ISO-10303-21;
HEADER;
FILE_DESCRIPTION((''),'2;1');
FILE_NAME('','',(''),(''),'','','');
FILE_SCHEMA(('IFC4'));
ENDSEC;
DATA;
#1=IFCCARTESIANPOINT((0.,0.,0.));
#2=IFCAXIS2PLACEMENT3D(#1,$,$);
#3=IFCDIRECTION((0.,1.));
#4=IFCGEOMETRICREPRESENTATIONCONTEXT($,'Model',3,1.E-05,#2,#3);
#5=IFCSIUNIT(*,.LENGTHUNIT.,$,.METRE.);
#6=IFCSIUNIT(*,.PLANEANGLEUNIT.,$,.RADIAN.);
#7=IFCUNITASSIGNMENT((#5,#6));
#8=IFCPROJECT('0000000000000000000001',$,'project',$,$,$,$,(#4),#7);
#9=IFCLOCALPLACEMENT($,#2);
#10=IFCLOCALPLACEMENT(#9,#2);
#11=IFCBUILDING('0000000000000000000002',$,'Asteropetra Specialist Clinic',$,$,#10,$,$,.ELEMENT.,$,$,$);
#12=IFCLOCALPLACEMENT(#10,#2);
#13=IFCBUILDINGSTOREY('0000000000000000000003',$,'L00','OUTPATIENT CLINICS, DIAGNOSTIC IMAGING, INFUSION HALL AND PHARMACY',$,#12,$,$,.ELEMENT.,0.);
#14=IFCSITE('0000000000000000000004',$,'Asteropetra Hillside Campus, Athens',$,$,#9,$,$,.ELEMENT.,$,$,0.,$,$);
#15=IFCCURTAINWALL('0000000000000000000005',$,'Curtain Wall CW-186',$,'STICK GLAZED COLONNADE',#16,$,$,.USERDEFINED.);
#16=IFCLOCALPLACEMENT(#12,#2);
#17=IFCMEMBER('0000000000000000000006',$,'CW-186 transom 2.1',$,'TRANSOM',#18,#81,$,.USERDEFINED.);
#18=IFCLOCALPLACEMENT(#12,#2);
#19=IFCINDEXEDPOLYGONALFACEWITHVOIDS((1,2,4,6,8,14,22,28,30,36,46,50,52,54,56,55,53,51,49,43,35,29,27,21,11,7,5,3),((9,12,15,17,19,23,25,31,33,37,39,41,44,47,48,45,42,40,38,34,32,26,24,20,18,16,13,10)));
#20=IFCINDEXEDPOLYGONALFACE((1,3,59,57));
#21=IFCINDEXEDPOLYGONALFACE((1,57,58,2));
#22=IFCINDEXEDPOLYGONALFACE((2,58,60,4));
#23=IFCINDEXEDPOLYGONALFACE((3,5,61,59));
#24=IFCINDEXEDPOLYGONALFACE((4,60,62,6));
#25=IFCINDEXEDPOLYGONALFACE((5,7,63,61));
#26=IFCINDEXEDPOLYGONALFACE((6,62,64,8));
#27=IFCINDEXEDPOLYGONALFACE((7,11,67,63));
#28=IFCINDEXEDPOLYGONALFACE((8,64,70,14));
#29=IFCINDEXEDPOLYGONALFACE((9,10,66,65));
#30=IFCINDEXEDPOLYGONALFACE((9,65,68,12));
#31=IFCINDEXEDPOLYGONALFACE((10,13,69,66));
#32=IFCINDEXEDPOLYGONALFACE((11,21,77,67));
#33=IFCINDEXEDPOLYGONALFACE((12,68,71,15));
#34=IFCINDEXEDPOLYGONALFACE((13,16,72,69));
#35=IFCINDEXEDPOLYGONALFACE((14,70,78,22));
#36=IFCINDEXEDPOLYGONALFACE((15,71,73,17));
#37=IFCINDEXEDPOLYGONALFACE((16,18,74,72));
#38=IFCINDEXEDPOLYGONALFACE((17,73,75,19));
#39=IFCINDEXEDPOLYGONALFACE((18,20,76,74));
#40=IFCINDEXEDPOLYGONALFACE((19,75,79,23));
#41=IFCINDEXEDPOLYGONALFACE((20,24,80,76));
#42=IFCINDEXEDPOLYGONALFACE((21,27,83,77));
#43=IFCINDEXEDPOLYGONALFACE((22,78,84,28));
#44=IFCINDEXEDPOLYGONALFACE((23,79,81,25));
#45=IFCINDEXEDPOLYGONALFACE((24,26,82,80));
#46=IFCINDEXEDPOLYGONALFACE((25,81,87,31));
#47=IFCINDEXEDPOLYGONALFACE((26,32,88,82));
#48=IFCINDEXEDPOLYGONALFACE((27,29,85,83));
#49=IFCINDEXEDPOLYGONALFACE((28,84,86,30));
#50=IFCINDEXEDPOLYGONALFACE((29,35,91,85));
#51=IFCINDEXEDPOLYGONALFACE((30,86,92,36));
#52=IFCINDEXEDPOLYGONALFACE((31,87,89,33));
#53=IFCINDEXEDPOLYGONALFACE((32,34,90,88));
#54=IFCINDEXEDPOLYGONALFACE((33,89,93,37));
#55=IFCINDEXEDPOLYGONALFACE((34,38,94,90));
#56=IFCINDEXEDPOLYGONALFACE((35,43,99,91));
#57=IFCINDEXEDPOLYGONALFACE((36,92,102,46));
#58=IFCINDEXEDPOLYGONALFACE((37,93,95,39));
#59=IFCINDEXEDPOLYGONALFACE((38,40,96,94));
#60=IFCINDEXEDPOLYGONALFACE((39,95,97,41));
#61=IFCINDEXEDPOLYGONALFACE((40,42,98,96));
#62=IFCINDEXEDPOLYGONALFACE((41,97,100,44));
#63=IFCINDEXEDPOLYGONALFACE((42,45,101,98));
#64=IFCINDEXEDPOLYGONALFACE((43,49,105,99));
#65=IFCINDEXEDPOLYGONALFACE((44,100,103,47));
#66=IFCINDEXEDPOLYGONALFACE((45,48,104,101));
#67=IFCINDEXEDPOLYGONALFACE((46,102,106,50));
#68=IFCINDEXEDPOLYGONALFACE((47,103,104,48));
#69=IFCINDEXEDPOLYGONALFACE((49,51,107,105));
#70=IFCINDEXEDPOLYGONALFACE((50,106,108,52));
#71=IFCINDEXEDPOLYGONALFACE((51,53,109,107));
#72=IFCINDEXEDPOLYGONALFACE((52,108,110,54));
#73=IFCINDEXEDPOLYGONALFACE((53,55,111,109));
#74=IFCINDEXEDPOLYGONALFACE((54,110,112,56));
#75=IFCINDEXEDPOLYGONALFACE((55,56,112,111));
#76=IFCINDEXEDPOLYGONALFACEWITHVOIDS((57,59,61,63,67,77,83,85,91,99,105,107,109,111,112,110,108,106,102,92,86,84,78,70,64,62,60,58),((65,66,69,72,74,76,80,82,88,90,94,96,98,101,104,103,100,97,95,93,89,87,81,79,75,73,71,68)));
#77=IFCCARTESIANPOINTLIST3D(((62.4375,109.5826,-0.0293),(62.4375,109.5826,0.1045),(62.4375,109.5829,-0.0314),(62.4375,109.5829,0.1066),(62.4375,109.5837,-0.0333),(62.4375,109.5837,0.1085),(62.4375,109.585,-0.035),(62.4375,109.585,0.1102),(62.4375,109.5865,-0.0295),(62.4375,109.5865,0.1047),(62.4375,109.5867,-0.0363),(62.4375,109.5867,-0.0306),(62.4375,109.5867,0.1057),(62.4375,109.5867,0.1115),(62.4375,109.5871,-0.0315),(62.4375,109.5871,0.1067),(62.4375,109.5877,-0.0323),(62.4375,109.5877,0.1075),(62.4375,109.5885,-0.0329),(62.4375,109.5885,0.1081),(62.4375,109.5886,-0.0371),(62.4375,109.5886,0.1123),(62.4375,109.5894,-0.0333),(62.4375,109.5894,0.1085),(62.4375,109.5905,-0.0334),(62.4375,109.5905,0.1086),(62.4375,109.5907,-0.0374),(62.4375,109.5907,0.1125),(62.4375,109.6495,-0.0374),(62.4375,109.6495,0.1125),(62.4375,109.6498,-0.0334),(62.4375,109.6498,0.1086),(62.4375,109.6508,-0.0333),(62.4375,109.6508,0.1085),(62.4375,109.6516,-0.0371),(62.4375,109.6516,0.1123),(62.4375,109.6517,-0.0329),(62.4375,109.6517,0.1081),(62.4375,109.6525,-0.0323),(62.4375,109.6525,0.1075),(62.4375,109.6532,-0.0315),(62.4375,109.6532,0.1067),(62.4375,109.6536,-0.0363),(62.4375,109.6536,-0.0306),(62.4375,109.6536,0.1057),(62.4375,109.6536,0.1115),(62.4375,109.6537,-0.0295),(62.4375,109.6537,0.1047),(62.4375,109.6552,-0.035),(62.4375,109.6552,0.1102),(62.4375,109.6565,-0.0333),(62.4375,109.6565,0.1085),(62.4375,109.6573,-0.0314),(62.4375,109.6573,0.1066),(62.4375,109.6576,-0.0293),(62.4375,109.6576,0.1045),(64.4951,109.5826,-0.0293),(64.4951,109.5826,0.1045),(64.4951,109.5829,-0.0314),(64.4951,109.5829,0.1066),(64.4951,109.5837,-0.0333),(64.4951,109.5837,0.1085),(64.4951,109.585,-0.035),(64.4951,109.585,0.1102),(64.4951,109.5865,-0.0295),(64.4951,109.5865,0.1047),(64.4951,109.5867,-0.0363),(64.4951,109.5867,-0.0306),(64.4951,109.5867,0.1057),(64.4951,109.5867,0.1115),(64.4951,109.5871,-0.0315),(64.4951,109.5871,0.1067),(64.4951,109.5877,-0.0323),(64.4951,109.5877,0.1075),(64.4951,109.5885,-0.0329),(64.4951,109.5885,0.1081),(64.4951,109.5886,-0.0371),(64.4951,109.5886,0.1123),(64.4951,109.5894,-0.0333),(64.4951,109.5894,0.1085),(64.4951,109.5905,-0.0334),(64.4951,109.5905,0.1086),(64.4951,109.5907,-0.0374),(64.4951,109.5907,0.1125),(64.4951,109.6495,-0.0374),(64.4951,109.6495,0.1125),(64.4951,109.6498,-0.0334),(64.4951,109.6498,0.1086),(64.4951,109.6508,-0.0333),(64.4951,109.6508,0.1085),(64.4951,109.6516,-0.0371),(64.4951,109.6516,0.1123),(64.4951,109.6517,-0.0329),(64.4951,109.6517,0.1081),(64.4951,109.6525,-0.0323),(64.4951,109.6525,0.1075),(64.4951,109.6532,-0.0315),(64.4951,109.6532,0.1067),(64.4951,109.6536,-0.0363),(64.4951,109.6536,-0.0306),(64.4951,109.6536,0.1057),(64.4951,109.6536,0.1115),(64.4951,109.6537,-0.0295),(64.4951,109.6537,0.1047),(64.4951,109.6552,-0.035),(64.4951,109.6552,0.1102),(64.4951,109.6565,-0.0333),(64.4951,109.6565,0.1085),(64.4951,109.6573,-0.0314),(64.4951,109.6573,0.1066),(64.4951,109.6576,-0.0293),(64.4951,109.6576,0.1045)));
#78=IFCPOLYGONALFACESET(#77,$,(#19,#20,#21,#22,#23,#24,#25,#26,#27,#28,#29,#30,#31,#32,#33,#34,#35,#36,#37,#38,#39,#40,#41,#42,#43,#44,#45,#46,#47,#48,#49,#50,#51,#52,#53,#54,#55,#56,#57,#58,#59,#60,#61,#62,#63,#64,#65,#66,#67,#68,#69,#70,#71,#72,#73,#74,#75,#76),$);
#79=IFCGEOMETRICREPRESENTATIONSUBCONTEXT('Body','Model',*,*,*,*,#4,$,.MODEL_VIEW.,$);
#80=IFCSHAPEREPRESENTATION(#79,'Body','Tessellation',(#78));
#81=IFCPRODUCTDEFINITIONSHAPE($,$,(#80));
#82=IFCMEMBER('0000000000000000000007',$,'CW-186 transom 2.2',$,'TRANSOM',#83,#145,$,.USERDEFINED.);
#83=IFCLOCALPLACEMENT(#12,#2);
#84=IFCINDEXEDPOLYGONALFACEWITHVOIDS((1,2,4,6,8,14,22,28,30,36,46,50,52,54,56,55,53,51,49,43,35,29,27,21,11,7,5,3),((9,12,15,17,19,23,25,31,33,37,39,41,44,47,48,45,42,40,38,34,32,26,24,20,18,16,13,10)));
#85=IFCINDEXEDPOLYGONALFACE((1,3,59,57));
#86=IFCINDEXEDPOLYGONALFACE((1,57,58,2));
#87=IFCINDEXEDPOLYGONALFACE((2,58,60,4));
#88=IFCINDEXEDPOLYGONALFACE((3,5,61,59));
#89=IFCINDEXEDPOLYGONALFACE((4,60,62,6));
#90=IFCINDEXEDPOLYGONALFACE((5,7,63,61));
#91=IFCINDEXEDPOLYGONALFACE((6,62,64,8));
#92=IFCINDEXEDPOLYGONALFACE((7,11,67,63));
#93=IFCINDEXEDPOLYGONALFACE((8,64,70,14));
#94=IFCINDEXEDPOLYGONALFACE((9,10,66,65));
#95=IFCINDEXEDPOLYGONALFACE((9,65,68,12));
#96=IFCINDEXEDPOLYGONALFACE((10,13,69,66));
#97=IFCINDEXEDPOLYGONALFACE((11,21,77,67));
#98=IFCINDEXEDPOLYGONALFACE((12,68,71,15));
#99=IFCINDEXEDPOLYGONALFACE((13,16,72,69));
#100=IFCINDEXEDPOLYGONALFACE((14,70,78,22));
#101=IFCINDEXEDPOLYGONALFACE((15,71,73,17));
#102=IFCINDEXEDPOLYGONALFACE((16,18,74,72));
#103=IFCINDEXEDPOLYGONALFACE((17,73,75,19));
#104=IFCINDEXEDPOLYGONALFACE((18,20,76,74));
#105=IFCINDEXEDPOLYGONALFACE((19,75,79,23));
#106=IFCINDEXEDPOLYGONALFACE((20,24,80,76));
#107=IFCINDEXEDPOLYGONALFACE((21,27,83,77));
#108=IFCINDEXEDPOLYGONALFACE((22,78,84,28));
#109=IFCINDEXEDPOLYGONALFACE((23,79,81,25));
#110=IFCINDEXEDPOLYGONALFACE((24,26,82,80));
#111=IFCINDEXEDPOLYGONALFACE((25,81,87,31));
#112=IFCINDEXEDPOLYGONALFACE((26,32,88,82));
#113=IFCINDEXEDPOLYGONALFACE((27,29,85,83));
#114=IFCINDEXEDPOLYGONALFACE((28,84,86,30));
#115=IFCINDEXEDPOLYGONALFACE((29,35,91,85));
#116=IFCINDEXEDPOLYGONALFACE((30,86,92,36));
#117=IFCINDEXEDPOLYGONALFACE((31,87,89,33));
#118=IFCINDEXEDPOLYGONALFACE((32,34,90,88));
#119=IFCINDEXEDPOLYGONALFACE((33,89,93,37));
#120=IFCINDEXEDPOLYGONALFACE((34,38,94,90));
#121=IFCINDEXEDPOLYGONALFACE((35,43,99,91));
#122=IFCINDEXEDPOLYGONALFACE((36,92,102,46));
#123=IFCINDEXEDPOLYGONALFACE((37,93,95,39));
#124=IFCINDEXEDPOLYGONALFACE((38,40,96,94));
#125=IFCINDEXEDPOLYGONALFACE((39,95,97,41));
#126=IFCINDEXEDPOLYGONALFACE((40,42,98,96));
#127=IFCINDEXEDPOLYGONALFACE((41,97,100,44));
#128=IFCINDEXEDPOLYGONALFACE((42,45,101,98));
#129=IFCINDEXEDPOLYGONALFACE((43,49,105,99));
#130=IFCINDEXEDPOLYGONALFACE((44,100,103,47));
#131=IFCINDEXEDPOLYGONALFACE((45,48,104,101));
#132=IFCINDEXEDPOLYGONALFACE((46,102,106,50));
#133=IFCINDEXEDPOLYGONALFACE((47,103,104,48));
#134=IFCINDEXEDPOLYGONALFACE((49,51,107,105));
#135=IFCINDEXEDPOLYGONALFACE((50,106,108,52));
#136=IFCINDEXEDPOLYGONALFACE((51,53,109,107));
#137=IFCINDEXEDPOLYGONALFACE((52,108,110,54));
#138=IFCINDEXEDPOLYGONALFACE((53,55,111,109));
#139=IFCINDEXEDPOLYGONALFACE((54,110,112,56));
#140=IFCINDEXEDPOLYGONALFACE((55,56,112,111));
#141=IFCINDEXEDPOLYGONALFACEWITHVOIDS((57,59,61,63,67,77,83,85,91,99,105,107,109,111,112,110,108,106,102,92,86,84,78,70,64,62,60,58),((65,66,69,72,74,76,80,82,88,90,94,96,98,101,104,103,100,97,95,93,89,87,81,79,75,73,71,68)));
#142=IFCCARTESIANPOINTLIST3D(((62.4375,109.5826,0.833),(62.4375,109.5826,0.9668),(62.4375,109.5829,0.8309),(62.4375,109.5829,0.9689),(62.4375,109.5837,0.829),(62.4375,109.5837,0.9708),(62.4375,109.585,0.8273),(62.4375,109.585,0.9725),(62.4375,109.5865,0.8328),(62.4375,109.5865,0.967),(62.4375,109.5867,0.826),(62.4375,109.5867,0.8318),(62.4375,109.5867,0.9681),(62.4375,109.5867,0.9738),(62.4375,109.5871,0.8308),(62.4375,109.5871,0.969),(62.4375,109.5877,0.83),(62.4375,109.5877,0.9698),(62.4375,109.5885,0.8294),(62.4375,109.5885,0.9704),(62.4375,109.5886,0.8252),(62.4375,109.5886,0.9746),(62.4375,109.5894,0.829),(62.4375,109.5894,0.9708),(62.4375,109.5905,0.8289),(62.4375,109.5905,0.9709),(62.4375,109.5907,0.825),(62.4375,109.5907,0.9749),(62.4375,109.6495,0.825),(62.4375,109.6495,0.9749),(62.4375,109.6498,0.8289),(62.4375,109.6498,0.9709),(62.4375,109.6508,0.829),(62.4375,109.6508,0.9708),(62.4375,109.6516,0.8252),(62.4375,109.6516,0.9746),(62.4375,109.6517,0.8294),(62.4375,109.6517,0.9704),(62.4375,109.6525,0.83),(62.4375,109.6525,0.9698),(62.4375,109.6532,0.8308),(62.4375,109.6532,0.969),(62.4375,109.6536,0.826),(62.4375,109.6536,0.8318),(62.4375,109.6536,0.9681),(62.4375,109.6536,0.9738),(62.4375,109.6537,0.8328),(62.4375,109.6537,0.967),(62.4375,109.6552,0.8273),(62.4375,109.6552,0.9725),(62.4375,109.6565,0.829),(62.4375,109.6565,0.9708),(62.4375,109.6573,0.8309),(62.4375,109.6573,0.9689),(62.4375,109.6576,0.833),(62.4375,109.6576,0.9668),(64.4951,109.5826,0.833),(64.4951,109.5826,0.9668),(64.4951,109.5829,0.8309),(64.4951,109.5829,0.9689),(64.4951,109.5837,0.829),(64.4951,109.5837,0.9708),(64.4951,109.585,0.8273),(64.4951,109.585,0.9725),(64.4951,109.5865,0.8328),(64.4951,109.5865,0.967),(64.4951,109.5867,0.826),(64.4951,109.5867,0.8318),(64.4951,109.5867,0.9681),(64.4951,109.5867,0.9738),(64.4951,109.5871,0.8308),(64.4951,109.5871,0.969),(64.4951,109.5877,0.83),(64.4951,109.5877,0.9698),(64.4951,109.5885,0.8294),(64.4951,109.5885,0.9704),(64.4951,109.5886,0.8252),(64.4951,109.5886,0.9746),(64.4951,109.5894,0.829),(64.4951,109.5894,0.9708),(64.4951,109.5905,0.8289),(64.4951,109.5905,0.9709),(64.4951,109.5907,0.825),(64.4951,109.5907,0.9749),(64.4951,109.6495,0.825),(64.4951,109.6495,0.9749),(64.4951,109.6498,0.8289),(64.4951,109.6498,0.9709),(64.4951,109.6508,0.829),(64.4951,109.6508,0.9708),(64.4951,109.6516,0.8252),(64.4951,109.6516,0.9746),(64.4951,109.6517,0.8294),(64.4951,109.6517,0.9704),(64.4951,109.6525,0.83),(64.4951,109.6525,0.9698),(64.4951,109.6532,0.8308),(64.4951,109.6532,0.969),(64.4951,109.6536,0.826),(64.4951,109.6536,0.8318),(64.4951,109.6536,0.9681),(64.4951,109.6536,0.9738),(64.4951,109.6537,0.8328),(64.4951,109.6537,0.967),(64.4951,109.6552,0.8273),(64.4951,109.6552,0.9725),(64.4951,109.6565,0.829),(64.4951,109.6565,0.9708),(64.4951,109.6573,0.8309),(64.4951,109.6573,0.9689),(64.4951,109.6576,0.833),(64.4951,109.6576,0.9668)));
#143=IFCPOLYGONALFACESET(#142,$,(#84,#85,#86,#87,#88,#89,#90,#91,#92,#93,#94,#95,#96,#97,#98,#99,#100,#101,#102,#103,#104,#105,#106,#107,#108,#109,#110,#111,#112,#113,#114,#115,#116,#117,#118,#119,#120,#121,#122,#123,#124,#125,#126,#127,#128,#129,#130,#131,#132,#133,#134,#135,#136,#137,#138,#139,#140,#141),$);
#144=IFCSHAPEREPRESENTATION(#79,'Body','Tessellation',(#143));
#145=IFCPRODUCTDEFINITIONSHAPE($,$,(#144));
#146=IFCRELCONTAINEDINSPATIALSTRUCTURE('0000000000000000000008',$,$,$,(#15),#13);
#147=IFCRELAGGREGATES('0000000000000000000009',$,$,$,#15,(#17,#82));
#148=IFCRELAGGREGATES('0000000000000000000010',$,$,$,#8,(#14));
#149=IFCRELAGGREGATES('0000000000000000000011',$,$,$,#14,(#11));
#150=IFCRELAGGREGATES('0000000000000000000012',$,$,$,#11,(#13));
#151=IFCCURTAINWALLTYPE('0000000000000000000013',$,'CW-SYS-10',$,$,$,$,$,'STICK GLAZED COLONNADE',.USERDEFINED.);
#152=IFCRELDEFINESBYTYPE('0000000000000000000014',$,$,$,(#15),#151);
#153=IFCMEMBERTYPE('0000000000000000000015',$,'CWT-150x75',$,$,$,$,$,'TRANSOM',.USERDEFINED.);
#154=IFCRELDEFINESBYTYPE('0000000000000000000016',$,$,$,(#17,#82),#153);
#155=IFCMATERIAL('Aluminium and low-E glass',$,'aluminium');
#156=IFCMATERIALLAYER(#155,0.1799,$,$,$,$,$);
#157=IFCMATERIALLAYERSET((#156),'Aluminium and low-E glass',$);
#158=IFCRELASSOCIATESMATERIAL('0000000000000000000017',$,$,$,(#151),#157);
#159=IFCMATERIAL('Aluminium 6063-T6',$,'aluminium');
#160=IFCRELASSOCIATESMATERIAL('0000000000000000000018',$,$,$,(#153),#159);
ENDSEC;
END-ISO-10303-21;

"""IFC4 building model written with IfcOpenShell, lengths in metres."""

from ifc_helpers import new_model, si_unit, direction, frame, origin, origin_2d, place, context, subcontext, project, spatial, hollow_rectangle, extrude, material, layer, layer_set, material_profile, profile_set, type_object, element, aggregate, save


model = new_model("IFC4")

# Units and contexts
model_context = context("Model", 3, precision=1e-05, world=origin(), true_north=direction((0.0, 1.0)))
body_context = subcontext(model_context, "Body", "Model", "MODEL_VIEW")
ifc_project = project(units=[si_unit("LENGTHUNIT", "METRE"), si_unit("PLANEANGLEUNIT", "RADIAN")], contexts=[model_context])

# Site, building, storey
site_placement = place(None, origin())
site = spatial("IfcSite", under=ifc_project, at=site_placement, Name="Asteropetra Hillside Campus, Athens", CompositionType="ELEMENT", RefElevation=0.0)
building_placement = place(site_placement, origin())
building = spatial("IfcBuilding", under=site, at=building_placement, Name="Asteropetra Specialist Clinic", CompositionType="ELEMENT")
storey_placement = place(building_placement, origin())
storey = spatial("IfcBuildingStorey", under=building, at=storey_placement, Name="L00", Description="OUTPATIENT CLINICS, DIAGNOSTIC IMAGING, INFUSION HALL AND PHARMACY", CompositionType="ELEMENT", Elevation=0.0)

# Curtain wall, members
ifc_material_1 = material(Name="Aluminium and low-E glass", Category="aluminium")
ifc_layer_1 = layer(ifc_material_1, 0.1799)
ifc_layer_set_1 = layer_set([ifc_layer_1], Name="Aluminium and low-E glass")
curtain_wall_type = type_object("IfcCurtainWallType", Name="CW-SYS-10", ElementType="STICK GLAZED COLONNADE", PredefinedType="USERDEFINED", material=ifc_layer_set_1)
curtain_wall_placement = place(storey_placement, origin())
curtain_wall = element("IfcCurtainWall", 1, at=curtain_wall_placement, inside=storey, type_object=curtain_wall_type, Name="Curtain Wall CW-186", ObjectType="STICK GLAZED COLONNADE", PredefinedType="USERDEFINED")
ifc_material_2 = material(Name="Aluminium 6063-T6", Category="aluminium")
ifc_material_profile_1 = material_profile(ifc_material_2, hollow_rectangle(XDim=0.075, YDim=0.1499, WallThickness=0.0039, InnerFilletRadius=0.0039, OuterFilletRadius=0.0081, at=origin_2d()), Name="TRN 150x75x4.0")
ifc_profile_set_1 = profile_set([ifc_material_profile_1], Name="Aluminium 6063-T6")
member_type_1 = type_object("IfcMemberType", Name="CWT-150x75", ElementType="TRANSOM", PredefinedType="USERDEFINED", material=ifc_profile_set_1)
member_1_placement = place(storey_placement, frame((64.4951, 109.6201, 0.0376), z_axis=(-1.0, 0.0, 0.0), x_axis=(0.0, -1.0, 0.0)))
member_1 = element("IfcMember", 2, at=member_1_placement, type_object=member_type_1, Name="CW-186 transom 2.1", ObjectType="TRANSOM", PredefinedType="USERDEFINED", context=body_context, shape_type="SweptSolid", body=[
    extrude(hollow_rectangle(XDim=0.075, YDim=0.1499, WallThickness=0.0039, InnerFilletRadius=0.0039, OuterFilletRadius=0.0081, at=origin_2d()), origin(), (0.0, 0.0, 1.0), 2.0576),
])
member_2_placement = place(storey_placement, frame((64.4951, 109.6201, 0.8999), z_axis=(-1.0, 0.0, 0.0), x_axis=(0.0, -1.0, 0.0)))
member_2 = element("IfcMember", 3, at=member_2_placement, type_object=member_type_1, Name="CW-186 transom 2.2", ObjectType="TRANSOM", PredefinedType="USERDEFINED", context=body_context, shape_type="SweptSolid", body=[
    extrude(hollow_rectangle(XDim=0.075, YDim=0.1499, WallThickness=0.0039, InnerFilletRadius=0.0039, OuterFilletRadius=0.0081, at=origin_2d()), origin(), (0.0, 0.0, 1.0), 2.0576),
])
aggregate(curtain_wall, [member_1, member_2])

save(model, "model.ifc")
